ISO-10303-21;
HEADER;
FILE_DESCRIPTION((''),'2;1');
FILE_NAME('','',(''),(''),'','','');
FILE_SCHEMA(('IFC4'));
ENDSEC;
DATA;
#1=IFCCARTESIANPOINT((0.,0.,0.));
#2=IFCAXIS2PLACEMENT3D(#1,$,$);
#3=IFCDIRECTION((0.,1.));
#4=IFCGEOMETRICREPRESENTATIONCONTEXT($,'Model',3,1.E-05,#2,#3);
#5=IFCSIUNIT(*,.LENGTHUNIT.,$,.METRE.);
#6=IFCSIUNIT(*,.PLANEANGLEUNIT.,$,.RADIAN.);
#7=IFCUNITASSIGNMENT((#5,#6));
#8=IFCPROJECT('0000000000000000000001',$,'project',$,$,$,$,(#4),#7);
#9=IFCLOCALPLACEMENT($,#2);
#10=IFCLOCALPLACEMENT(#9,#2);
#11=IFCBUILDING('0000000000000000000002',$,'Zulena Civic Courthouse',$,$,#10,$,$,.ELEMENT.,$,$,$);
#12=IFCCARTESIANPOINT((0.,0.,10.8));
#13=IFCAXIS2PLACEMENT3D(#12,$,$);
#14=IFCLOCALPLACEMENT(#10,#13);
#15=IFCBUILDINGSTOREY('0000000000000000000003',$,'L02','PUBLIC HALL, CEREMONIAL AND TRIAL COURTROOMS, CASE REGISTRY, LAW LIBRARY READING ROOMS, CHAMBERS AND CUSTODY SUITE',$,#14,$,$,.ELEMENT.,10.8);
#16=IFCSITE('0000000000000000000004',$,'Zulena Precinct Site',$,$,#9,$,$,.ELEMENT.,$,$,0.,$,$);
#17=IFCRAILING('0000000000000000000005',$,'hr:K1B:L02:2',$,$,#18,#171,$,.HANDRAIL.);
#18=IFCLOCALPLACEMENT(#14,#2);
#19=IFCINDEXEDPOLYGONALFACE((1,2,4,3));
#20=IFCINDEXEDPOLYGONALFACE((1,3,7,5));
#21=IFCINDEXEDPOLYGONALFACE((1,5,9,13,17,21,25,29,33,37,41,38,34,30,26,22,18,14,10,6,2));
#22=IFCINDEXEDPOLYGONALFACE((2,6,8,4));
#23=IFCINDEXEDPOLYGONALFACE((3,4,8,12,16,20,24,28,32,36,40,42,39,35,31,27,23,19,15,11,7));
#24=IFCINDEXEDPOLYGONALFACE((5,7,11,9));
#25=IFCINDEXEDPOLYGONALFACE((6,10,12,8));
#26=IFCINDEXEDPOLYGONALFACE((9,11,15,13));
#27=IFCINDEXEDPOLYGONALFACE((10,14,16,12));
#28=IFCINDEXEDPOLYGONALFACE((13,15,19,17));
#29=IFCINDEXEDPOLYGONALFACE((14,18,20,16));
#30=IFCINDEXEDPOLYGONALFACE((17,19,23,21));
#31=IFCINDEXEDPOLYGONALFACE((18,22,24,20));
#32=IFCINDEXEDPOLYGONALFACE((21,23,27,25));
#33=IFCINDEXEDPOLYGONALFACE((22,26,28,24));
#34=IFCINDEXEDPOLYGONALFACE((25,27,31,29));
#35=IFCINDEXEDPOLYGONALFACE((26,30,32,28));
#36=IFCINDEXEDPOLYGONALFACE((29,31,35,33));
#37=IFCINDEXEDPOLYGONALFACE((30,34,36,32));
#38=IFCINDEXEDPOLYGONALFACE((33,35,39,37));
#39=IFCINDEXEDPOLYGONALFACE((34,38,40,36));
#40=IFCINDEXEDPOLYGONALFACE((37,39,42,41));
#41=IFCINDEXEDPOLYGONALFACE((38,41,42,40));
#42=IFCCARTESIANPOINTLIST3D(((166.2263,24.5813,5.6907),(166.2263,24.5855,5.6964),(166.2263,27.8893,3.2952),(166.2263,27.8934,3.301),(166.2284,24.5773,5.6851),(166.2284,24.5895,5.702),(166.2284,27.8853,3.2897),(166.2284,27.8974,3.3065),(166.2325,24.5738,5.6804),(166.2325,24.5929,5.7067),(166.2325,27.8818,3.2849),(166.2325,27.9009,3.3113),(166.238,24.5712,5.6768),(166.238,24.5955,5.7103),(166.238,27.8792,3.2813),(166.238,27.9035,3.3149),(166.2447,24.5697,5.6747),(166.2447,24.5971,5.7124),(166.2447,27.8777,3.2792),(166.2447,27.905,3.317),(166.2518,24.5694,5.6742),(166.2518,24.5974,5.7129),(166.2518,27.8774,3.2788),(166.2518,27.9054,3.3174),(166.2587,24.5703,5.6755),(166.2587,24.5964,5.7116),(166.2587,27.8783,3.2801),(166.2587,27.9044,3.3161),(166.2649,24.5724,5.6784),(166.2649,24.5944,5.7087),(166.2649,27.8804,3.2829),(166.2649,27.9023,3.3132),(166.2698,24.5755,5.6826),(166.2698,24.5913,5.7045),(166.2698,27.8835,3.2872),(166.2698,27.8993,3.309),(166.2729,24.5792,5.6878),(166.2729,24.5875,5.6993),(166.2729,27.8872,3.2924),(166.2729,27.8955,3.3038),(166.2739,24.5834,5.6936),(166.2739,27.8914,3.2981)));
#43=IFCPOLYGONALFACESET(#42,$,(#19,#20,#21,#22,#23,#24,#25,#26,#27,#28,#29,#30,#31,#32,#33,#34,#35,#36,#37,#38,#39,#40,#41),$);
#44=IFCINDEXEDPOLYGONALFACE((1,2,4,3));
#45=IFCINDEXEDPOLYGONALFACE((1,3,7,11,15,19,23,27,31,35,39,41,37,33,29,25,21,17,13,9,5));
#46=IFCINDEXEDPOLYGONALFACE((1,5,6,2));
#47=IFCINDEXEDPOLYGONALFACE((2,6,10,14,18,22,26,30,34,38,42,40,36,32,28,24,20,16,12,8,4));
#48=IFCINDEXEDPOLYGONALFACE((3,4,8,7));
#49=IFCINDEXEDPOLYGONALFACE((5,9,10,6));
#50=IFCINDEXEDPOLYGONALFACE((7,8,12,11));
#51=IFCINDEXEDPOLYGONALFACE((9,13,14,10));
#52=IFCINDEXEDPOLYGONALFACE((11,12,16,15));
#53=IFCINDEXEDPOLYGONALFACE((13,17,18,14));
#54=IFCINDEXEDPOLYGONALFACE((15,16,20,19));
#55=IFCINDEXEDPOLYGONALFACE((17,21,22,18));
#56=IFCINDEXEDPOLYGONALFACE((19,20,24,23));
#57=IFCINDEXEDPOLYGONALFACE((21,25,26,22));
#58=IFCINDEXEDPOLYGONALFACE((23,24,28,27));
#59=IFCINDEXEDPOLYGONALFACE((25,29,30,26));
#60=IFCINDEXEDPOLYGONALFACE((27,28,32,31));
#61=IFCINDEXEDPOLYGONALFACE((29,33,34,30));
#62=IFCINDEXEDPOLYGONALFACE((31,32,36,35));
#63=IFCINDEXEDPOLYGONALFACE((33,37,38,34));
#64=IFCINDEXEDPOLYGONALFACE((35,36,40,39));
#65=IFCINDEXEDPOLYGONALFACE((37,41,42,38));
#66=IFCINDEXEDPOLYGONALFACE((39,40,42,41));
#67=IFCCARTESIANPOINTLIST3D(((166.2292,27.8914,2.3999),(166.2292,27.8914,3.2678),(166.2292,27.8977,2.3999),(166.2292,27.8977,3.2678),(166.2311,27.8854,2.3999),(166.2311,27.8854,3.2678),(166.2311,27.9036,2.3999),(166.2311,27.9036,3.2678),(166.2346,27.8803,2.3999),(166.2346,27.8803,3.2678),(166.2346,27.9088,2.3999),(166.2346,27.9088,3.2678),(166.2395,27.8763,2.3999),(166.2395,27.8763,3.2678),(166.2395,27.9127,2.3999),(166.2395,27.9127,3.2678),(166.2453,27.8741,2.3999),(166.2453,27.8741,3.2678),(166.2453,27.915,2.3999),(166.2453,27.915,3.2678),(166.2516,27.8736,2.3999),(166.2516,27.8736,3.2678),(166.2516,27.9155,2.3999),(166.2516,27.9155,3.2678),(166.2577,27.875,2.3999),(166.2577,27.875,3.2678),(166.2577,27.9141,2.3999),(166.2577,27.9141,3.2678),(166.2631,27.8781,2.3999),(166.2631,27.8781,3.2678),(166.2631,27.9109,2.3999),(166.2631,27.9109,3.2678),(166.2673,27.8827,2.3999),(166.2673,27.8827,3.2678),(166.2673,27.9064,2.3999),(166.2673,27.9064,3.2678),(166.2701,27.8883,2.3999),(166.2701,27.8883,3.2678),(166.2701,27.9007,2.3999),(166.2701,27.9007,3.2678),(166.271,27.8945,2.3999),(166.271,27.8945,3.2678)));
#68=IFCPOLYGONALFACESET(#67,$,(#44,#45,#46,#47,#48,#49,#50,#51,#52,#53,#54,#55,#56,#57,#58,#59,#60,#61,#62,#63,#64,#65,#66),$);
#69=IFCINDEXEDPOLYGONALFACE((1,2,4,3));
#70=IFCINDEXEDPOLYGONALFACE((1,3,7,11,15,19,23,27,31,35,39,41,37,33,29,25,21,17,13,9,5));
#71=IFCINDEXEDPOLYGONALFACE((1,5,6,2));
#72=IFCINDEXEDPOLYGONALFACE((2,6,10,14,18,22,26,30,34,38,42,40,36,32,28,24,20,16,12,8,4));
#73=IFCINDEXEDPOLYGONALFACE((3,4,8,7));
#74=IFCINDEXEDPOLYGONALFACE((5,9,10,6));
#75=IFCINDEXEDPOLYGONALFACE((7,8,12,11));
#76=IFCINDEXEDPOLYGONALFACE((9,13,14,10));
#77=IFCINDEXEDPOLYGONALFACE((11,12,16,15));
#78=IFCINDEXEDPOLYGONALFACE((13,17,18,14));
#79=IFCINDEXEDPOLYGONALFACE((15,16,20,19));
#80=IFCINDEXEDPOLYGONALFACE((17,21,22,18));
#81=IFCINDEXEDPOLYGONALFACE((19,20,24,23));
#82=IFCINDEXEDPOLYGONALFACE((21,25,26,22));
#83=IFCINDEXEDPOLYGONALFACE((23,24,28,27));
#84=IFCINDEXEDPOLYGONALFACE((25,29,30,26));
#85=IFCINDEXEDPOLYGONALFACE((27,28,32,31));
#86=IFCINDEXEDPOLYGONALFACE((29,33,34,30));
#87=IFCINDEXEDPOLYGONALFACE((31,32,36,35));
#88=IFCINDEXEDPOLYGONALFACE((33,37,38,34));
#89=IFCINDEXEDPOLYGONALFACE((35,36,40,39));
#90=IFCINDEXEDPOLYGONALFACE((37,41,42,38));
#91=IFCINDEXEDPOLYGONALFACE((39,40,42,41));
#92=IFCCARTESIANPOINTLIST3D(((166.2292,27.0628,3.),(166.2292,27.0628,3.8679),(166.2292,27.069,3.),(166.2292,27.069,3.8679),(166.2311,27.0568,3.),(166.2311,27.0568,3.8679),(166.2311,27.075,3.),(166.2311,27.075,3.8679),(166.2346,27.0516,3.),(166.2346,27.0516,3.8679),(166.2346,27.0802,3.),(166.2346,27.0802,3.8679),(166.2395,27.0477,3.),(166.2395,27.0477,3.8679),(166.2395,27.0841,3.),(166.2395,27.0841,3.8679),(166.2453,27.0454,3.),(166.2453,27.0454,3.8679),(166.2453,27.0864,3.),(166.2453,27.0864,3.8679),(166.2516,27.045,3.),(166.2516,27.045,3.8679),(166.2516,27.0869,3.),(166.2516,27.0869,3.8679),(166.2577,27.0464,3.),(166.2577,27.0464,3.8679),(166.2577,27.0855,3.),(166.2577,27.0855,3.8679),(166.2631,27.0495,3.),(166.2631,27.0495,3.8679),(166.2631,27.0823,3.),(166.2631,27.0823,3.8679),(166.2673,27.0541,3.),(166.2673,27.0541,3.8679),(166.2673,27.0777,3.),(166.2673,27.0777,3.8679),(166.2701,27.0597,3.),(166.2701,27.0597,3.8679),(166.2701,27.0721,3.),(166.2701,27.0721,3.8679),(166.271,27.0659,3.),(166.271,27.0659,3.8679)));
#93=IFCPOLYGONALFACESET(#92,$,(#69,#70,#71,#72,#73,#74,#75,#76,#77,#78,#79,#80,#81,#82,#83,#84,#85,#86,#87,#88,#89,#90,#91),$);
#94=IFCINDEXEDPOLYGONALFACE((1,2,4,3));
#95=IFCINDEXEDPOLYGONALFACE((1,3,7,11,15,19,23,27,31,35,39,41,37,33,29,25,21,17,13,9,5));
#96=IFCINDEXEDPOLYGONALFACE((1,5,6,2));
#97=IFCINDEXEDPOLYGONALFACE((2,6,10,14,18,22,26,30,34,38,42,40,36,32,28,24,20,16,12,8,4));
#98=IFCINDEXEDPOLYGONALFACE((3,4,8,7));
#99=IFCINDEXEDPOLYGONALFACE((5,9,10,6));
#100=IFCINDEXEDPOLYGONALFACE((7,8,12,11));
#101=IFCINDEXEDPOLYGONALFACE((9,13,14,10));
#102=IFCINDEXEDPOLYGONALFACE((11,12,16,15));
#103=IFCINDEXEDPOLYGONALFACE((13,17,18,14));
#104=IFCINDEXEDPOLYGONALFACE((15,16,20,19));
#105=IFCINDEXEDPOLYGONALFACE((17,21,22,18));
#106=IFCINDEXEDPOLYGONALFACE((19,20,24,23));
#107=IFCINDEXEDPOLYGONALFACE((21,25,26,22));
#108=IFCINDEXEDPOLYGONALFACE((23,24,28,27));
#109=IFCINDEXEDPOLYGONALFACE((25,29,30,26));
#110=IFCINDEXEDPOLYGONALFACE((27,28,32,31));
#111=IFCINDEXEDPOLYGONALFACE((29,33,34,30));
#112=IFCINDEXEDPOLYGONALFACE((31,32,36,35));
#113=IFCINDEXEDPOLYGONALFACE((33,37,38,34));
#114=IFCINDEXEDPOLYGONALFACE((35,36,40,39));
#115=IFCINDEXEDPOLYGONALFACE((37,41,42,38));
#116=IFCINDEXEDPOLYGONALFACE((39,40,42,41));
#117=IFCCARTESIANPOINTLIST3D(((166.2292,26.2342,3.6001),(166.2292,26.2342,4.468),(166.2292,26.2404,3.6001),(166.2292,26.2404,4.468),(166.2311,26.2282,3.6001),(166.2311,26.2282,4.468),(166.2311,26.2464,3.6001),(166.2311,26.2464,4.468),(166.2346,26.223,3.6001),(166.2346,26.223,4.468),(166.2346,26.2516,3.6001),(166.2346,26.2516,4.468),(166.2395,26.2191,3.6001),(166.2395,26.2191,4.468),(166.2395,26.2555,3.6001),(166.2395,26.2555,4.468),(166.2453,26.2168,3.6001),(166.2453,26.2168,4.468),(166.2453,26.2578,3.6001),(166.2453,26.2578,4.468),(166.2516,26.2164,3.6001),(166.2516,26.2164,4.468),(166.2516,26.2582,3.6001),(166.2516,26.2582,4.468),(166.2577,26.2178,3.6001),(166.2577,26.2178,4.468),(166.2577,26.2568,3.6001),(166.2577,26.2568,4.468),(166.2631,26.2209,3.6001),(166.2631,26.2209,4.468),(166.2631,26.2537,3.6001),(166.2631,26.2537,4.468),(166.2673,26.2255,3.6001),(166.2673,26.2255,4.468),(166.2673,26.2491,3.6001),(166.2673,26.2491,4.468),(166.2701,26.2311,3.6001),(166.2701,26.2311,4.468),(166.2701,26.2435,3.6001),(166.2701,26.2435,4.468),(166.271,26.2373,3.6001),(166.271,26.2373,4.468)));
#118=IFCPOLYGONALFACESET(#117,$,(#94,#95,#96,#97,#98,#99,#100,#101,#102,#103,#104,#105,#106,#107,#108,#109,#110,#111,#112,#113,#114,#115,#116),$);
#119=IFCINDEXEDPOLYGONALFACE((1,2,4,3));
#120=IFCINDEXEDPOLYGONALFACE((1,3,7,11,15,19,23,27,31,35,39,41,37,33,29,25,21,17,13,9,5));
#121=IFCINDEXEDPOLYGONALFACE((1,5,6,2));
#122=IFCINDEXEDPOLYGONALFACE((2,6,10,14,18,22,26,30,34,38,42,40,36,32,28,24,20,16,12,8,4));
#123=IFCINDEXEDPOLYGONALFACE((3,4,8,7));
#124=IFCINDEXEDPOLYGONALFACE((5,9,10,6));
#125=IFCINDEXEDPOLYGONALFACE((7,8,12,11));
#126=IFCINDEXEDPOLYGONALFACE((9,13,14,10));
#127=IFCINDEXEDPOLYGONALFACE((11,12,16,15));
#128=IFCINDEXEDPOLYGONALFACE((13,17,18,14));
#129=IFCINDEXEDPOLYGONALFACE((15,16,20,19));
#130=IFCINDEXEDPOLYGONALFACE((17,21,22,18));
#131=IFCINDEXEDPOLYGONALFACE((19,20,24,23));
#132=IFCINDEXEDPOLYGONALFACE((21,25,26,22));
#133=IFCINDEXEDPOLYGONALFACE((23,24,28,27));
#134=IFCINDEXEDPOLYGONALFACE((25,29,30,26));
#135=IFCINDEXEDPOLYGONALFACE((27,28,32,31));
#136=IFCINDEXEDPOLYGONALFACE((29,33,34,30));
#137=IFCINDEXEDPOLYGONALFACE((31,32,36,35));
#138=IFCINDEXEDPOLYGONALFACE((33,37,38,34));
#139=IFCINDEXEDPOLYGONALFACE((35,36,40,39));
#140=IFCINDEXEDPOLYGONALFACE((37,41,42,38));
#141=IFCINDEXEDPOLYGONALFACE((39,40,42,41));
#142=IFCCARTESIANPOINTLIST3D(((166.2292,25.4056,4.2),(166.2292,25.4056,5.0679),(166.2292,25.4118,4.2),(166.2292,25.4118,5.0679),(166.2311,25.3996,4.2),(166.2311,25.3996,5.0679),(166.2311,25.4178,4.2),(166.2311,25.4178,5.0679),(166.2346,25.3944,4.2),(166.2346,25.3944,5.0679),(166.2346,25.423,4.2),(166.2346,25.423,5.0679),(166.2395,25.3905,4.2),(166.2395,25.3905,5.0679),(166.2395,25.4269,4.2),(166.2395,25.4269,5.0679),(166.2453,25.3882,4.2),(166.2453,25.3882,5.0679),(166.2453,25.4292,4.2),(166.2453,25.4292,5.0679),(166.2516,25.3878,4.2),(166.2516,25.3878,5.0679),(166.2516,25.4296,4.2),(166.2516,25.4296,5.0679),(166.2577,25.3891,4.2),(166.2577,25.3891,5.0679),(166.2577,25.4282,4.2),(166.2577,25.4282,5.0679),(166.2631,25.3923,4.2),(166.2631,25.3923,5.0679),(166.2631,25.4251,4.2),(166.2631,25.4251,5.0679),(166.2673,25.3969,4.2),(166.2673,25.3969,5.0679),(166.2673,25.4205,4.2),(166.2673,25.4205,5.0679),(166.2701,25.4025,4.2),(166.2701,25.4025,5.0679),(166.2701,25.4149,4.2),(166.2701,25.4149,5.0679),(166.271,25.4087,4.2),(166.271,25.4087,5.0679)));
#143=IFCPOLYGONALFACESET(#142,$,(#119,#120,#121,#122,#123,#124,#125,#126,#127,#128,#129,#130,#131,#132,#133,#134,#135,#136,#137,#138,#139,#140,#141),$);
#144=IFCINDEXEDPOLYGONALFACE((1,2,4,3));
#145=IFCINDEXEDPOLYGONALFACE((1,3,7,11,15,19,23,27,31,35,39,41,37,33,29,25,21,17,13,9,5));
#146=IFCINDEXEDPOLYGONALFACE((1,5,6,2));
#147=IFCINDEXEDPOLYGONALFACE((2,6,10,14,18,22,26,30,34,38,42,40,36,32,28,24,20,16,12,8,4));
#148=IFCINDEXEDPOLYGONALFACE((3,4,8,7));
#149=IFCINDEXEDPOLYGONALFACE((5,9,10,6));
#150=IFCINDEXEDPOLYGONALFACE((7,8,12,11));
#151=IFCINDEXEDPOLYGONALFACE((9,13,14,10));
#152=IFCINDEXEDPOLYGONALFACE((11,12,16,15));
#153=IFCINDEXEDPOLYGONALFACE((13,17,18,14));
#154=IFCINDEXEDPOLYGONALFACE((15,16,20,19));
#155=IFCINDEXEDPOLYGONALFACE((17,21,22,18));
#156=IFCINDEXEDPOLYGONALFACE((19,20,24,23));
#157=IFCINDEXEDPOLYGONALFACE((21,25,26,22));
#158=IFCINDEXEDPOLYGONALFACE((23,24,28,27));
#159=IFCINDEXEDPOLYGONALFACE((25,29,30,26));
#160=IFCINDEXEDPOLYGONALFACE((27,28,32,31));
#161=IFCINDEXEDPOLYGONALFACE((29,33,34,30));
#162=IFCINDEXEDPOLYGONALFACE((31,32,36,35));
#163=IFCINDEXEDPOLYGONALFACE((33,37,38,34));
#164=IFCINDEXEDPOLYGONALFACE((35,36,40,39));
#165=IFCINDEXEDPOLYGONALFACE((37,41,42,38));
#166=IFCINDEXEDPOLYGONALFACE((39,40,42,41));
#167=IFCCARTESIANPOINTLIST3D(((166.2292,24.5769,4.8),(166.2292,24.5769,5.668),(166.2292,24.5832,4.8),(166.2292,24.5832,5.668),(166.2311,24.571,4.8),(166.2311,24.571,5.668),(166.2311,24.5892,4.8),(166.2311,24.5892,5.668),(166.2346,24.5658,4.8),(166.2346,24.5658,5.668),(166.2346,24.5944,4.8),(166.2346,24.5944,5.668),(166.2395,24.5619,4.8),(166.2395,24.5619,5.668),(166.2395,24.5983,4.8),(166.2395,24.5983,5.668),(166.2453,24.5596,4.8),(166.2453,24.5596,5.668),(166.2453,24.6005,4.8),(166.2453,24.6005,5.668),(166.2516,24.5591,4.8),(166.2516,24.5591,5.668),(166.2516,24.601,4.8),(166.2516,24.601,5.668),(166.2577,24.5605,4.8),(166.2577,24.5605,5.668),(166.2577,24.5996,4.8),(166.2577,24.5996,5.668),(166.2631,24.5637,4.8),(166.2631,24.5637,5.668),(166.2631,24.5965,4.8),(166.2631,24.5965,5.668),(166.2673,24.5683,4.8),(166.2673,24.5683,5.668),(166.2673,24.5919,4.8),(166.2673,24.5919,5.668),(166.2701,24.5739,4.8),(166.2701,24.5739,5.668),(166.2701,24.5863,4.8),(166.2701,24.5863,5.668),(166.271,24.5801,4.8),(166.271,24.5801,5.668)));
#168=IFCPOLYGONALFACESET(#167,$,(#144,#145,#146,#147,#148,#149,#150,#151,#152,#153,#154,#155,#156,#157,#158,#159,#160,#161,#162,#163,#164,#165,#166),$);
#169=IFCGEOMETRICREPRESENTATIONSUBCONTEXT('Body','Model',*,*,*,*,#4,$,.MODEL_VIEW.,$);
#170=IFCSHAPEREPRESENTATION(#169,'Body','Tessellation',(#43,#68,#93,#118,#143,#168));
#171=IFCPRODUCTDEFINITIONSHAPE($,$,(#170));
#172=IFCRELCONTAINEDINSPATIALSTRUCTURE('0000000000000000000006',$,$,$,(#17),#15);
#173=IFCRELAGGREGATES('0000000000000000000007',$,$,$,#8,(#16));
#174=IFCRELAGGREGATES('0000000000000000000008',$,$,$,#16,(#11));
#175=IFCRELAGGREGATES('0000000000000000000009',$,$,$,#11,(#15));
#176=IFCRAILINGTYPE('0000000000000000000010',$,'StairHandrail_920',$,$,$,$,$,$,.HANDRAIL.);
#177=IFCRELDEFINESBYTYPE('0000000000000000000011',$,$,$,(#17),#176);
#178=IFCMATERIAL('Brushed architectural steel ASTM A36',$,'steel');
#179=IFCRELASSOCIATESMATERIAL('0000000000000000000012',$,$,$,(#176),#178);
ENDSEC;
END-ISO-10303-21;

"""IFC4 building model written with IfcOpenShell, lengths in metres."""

from ifc_helpers import new_model, si_unit, direction, frame, origin, origin_2d, place, context, subcontext, project, spatial, circle, extrude, material, type_object, element, save


model = new_model("IFC4")

# Units and contexts
model_context = context("Model", 3, precision=1e-05, world=origin(), true_north=direction((0.0, 1.0)))
body_context = subcontext(model_context, "Body", "Model", "MODEL_VIEW")
ifc_project = project(units=[si_unit("LENGTHUNIT", "METRE"), si_unit("PLANEANGLEUNIT", "RADIAN")], contexts=[model_context])

# Site, building, storey
site_placement = place(None, origin())
site = spatial("IfcSite", under=ifc_project, at=site_placement, Name="Zulena Precinct Site", CompositionType="ELEMENT", RefElevation=0.0)
building_placement = place(site_placement, origin())
building = spatial("IfcBuilding", under=site, at=building_placement, Name="Zulena Civic Courthouse", CompositionType="ELEMENT")
storey_placement = place(building_placement, frame((0.0, 0.0, 10.8)))
storey = spatial("IfcBuildingStorey", under=building, at=storey_placement, Name="L02", Description="PUBLIC HALL, CEREMONIAL AND TRIAL COURTROOMS, CASE REGISTRY, LAW LIBRARY READING ROOMS, CHAMBERS AND CUSTODY SUITE", CompositionType="ELEMENT", Elevation=10.8)

# Railing
ifc_material_1 = material(Name="Brushed architectural steel ASTM A36", Category="steel")
railing_type = type_object("IfcRailingType", Name="StairHandrail_920", PredefinedType="HANDRAIL", material=ifc_material_1)
railing_placement = place(storey_placement, frame((166.25, 27.8945, 2.3999)))
element("IfcRailing", 1, at=railing_placement, inside=storey, type_object=railing_type, Name="hr:K1B:L02:2", PredefinedType="HANDRAIL", context=body_context, shape_type="SweptSolid", body=[
    extrude(circle(Radius=0.0239, at=origin_2d()), frame((0.0, -0.0032, 0.8982), z_axis=(0.0, -0.809939, 0.586514), x_axis=(1.0, 0.0, 0.0)), (0.0, 0.0, 1.0), 4.0842),
    extrude(circle(Radius=0.021, at=origin_2d()), origin(), (0.0, 0.0, 1.0), 0.8679),
    extrude(circle(Radius=0.021, at=origin_2d()), frame((0.0, -0.8286, 0.6001)), (0.0, 0.0, 1.0), 0.8679),
    extrude(circle(Radius=0.021, at=origin_2d()), frame((0.0, -1.6572, 1.2002)), (0.0, 0.0, 1.0), 0.8679),
    extrude(circle(Radius=0.021, at=origin_2d()), frame((0.0, -2.4858, 1.8)), (0.0, 0.0, 1.0), 0.8679),
    extrude(circle(Radius=0.021, at=origin_2d()), frame((0.0, -3.3145, 2.4001)), (0.0, 0.0, 1.0), 0.8679),
])

save(model, "model.ifc")
